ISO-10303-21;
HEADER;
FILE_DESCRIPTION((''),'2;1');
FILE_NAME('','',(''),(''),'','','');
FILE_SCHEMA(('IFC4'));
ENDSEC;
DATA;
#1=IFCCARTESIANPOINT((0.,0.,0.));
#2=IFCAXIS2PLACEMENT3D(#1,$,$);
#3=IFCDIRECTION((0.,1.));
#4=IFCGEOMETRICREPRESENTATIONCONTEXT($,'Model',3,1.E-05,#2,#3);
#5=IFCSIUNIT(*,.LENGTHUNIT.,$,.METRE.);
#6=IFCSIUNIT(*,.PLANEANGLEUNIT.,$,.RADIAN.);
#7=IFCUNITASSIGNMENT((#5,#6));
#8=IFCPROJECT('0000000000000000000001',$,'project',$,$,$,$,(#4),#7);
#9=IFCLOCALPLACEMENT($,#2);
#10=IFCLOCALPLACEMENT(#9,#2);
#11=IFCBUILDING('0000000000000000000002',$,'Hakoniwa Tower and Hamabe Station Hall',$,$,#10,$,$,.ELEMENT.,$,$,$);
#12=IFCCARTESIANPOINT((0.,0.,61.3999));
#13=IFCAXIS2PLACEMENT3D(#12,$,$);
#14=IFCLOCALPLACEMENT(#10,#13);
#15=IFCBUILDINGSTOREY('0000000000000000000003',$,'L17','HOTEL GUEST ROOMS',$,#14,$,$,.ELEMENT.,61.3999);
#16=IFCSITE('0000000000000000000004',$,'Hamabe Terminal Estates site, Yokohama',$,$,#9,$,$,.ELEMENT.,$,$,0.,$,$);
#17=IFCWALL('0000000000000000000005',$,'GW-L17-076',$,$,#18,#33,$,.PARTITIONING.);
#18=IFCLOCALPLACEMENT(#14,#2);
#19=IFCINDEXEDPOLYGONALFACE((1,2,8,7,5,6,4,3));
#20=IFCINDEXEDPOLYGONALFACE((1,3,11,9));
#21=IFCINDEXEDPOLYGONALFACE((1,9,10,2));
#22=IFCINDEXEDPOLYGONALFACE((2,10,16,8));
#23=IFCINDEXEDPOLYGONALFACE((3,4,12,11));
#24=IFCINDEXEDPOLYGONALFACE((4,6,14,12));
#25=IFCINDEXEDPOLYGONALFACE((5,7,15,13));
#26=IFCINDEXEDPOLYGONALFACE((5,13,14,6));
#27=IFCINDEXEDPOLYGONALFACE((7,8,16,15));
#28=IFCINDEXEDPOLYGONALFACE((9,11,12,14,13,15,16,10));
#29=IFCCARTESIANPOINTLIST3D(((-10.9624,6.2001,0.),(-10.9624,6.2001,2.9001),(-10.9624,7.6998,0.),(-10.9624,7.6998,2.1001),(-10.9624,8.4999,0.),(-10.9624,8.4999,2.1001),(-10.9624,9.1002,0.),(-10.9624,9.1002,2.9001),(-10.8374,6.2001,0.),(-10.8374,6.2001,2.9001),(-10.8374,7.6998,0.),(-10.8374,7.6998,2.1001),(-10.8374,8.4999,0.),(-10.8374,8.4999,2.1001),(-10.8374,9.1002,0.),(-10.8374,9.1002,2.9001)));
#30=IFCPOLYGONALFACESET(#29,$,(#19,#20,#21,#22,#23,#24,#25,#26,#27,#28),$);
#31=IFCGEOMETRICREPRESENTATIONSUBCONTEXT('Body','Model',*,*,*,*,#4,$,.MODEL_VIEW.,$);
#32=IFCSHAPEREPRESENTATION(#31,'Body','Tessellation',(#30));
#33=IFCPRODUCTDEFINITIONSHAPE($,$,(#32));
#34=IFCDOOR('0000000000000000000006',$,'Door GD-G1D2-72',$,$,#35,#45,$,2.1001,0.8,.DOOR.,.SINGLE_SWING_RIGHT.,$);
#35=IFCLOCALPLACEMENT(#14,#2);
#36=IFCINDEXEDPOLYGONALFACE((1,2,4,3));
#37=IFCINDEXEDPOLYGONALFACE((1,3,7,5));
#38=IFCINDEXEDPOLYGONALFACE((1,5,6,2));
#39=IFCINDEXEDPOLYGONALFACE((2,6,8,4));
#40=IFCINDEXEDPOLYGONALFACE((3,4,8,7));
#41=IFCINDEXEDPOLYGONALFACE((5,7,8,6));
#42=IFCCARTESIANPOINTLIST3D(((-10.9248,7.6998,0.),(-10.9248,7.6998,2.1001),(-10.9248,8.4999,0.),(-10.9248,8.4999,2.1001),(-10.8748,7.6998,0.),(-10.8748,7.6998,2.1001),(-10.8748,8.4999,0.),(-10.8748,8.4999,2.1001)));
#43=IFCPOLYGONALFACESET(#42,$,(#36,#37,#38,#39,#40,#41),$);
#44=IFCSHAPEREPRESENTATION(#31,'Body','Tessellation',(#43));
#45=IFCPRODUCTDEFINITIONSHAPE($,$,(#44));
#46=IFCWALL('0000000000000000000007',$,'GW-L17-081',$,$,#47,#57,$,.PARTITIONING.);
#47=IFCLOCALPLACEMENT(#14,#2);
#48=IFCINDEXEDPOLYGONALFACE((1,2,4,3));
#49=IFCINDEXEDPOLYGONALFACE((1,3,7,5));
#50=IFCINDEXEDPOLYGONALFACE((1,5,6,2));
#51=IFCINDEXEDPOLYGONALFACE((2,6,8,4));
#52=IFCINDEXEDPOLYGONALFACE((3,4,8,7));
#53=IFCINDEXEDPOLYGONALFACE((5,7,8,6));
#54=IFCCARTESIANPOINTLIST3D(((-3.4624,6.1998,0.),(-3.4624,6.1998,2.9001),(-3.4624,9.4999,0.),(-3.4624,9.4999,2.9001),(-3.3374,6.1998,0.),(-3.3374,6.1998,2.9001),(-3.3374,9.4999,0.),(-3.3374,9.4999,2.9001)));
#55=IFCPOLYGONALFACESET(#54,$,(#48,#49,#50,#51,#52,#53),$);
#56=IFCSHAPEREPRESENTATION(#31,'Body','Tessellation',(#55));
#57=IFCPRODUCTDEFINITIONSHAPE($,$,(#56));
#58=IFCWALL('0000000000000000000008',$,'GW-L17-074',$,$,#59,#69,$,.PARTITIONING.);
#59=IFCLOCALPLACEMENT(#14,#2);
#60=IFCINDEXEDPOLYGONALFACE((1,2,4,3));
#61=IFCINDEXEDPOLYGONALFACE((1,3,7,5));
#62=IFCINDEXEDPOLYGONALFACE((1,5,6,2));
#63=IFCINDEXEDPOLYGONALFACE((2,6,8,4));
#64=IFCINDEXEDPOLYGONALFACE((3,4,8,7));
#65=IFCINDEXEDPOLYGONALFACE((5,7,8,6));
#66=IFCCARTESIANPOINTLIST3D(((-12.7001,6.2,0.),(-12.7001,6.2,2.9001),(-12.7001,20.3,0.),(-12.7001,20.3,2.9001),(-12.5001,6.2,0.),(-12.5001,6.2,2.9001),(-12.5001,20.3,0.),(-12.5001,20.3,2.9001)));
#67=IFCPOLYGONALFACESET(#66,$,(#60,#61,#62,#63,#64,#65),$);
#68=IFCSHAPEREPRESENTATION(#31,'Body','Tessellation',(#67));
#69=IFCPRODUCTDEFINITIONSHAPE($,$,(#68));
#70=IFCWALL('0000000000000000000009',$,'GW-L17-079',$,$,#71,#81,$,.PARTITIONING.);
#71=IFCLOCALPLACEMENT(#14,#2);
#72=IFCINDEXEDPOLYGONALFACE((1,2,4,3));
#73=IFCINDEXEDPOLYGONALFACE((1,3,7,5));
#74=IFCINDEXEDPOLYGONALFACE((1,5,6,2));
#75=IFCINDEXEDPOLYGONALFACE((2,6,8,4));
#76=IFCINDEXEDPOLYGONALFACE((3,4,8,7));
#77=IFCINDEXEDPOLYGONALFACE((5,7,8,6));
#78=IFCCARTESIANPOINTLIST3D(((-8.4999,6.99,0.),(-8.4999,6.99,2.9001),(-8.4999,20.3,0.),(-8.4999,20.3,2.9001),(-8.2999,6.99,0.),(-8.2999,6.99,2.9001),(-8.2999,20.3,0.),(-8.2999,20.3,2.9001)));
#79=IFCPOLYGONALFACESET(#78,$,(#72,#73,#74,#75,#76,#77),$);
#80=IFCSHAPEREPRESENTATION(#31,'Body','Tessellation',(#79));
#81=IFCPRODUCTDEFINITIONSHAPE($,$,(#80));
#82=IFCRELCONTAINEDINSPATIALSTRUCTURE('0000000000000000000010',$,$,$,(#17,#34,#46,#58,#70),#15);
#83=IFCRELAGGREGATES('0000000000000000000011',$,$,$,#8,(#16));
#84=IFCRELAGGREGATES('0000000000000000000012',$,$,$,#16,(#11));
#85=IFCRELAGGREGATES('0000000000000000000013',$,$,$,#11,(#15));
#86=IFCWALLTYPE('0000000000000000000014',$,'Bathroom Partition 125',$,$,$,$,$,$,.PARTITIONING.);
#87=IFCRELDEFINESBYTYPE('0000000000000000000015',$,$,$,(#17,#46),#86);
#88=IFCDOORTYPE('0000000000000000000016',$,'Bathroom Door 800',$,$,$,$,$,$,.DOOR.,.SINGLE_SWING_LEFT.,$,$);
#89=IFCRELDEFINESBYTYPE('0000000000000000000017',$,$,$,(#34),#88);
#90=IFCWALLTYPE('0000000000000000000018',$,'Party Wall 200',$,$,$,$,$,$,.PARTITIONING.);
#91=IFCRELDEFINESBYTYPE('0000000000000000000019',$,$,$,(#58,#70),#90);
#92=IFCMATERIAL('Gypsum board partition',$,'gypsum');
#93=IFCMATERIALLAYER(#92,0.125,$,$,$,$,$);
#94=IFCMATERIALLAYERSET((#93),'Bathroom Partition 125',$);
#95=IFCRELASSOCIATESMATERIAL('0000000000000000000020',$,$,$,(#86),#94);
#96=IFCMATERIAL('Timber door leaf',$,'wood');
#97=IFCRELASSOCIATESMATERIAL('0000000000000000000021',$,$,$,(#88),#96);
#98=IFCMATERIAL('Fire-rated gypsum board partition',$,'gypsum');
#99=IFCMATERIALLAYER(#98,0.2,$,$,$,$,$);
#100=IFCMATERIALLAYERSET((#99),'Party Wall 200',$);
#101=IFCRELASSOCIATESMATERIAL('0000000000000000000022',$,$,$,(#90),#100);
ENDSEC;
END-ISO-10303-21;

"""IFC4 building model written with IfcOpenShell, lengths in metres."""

from ifc_helpers import new_model, si_unit, direction, frame, frame_2d, origin, place, context, subcontext, project, spatial, rectangle, extrude, material, layer, layer_set, type_object, element, fill, save


model = new_model("IFC4")

# Units and contexts
model_context = context("Model", 3, precision=1e-05, world=origin(), true_north=direction((0.0, 1.0)))
body_context = subcontext(model_context, "Body", "Model", "MODEL_VIEW")
ifc_project = project(units=[si_unit("LENGTHUNIT", "METRE"), si_unit("PLANEANGLEUNIT", "RADIAN")], contexts=[model_context])

# Site, building, storey
site_placement = place(None, origin())
site = spatial("IfcSite", under=ifc_project, at=site_placement, Name="Hamabe Terminal Estates site, Yokohama", CompositionType="ELEMENT", RefElevation=0.0)
building_placement = place(site_placement, origin())
building = spatial("IfcBuilding", under=site, at=building_placement, Name="Hakoniwa Tower and Hamabe Station Hall", CompositionType="ELEMENT")
storey_placement = place(building_placement, frame((0.0, 0.0, 61.3999)))
storey = spatial("IfcBuildingStorey", under=building, at=storey_placement, Name="L17", Description="HOTEL GUEST ROOMS", CompositionType="ELEMENT", Elevation=61.3999)

# Shared definitions
ifc_material_1 = material(Name="Gypsum board partition", Category="gypsum")
ifc_layer_1 = layer(ifc_material_1, 0.125)
ifc_layer_set_1 = layer_set([ifc_layer_1], Name="Bathroom Partition 125")
wall_type_1 = type_object("IfcWallType", Name="Bathroom Partition 125", PredefinedType="PARTITIONING", material=ifc_layer_set_1)

# Wall, opening, door
ifc_material_2 = material(Name="Timber door leaf", Category="wood")
door_type = type_object("IfcDoorType", Name="Bathroom Door 800", OperationType="SINGLE_SWING_LEFT", PredefinedType="DOOR", material=ifc_material_2)
wall_1_placement = place(storey_placement, frame((-10.8999, 6.2, 0.0), z_axis=(0.0, 0.0, 1.0), x_axis=(0.0, 1.0, 0.0)))
wall_1 = element("IfcWall", 1, at=wall_1_placement, inside=storey, type_object=wall_type_1, Name="GW-L17-076", PredefinedType="PARTITIONING", context=body_context, shape_type="SweptSolid", body=[
    extrude(rectangle(XDim=2.9001, YDim=0.125, at=frame_2d((1.4502, 0.0))), origin(), (0.0, 0.0, 1.0), 2.9001),
])
opening_1_placement = place(wall_1_placement, frame((1.5, 0.0, 0.0)))
opening_1 = element("IfcOpeningElement", 2, at=opening_1_placement, cuts=wall_1, PredefinedType="OPENING", context=body_context, shape_type="SweptSolid", body=[
    extrude(rectangle(XDim=0.8, YDim=2.1001, at=frame_2d((0.3999, 1.05))), frame((0.0, 0.0725, 0.0), z_axis=(0.0, -1.0, 0.0), x_axis=(1.0, 0.0, 0.0)), (0.0, 0.0, 1.0), 0.145),
])
door_1_placement = place(opening_1_placement, origin())
door_1 = element("IfcDoor", 3, at=door_1_placement, inside=storey, type_object=door_type, Name="Door GD-G1D2-72", OperationType="SINGLE_SWING_RIGHT", OverallHeight=2.1001, OverallWidth=0.8, PredefinedType="DOOR", context=body_context, shape_type="SweptSolid", body=[
    extrude(rectangle(XDim=0.8, YDim=2.1001, at=frame_2d((0.3999, 1.05))), frame((0.0, 0.0249, 0.0), z_axis=(0.0, -1.0, 0.0), x_axis=(1.0, 0.0, 0.0)), (0.0, 0.0, 1.0), 0.05),
])
fill(opening_1, door_1)

# Walls
wall_2_placement = place(storey_placement, frame((-3.3999, 6.2, 0.0), z_axis=(0.0, 0.0, 1.0), x_axis=(0.0, 1.0, 0.0)))
element("IfcWall", 4, at=wall_2_placement, inside=storey, type_object=wall_type_1, Name="GW-L17-081", PredefinedType="PARTITIONING", context=body_context, shape_type="SweptSolid", body=[
    extrude(rectangle(XDim=3.3, YDim=0.125, at=frame_2d((1.6499, 0.0))), origin(), (0.0, 0.0, 1.0), 2.9001),
])
ifc_material_3 = material(Name="Fire-rated gypsum board partition", Category="gypsum")
ifc_layer_2 = layer(ifc_material_3, 0.2)
ifc_layer_set_2 = layer_set([ifc_layer_2], Name="Party Wall 200")
wall_type_2 = type_object("IfcWallType", Name="Party Wall 200", PredefinedType="PARTITIONING", material=ifc_layer_set_2)
wall_3_placement = place(storey_placement, frame((-12.6001, 6.2, 0.0), z_axis=(0.0, 0.0, 1.0), x_axis=(0.0, 1.0, 0.0)))
element("IfcWall", 5, at=wall_3_placement, inside=storey, type_object=wall_type_2, Name="GW-L17-074", PredefinedType="PARTITIONING", context=body_context, shape_type="SweptSolid", body=[
    extrude(rectangle(XDim=14.1001, YDim=0.2, at=frame_2d((7.05, 0.0))), origin(), (0.0, 0.0, 1.0), 2.9001),
])
wall_4_placement = place(storey_placement, frame((-8.3999, 6.99, 0.0), z_axis=(0.0, 0.0, 1.0), x_axis=(0.0, 1.0, 0.0)))
element("IfcWall", 6, at=wall_4_placement, inside=storey, type_object=wall_type_2, Name="GW-L17-079", PredefinedType="PARTITIONING", context=body_context, shape_type="SweptSolid", body=[
    extrude(rectangle(XDim=13.3101, YDim=0.2, at=frame_2d((6.655, 0.0))), origin(), (0.0, 0.0, 1.0), 2.9001),
])

save(model, "model.ifc")
